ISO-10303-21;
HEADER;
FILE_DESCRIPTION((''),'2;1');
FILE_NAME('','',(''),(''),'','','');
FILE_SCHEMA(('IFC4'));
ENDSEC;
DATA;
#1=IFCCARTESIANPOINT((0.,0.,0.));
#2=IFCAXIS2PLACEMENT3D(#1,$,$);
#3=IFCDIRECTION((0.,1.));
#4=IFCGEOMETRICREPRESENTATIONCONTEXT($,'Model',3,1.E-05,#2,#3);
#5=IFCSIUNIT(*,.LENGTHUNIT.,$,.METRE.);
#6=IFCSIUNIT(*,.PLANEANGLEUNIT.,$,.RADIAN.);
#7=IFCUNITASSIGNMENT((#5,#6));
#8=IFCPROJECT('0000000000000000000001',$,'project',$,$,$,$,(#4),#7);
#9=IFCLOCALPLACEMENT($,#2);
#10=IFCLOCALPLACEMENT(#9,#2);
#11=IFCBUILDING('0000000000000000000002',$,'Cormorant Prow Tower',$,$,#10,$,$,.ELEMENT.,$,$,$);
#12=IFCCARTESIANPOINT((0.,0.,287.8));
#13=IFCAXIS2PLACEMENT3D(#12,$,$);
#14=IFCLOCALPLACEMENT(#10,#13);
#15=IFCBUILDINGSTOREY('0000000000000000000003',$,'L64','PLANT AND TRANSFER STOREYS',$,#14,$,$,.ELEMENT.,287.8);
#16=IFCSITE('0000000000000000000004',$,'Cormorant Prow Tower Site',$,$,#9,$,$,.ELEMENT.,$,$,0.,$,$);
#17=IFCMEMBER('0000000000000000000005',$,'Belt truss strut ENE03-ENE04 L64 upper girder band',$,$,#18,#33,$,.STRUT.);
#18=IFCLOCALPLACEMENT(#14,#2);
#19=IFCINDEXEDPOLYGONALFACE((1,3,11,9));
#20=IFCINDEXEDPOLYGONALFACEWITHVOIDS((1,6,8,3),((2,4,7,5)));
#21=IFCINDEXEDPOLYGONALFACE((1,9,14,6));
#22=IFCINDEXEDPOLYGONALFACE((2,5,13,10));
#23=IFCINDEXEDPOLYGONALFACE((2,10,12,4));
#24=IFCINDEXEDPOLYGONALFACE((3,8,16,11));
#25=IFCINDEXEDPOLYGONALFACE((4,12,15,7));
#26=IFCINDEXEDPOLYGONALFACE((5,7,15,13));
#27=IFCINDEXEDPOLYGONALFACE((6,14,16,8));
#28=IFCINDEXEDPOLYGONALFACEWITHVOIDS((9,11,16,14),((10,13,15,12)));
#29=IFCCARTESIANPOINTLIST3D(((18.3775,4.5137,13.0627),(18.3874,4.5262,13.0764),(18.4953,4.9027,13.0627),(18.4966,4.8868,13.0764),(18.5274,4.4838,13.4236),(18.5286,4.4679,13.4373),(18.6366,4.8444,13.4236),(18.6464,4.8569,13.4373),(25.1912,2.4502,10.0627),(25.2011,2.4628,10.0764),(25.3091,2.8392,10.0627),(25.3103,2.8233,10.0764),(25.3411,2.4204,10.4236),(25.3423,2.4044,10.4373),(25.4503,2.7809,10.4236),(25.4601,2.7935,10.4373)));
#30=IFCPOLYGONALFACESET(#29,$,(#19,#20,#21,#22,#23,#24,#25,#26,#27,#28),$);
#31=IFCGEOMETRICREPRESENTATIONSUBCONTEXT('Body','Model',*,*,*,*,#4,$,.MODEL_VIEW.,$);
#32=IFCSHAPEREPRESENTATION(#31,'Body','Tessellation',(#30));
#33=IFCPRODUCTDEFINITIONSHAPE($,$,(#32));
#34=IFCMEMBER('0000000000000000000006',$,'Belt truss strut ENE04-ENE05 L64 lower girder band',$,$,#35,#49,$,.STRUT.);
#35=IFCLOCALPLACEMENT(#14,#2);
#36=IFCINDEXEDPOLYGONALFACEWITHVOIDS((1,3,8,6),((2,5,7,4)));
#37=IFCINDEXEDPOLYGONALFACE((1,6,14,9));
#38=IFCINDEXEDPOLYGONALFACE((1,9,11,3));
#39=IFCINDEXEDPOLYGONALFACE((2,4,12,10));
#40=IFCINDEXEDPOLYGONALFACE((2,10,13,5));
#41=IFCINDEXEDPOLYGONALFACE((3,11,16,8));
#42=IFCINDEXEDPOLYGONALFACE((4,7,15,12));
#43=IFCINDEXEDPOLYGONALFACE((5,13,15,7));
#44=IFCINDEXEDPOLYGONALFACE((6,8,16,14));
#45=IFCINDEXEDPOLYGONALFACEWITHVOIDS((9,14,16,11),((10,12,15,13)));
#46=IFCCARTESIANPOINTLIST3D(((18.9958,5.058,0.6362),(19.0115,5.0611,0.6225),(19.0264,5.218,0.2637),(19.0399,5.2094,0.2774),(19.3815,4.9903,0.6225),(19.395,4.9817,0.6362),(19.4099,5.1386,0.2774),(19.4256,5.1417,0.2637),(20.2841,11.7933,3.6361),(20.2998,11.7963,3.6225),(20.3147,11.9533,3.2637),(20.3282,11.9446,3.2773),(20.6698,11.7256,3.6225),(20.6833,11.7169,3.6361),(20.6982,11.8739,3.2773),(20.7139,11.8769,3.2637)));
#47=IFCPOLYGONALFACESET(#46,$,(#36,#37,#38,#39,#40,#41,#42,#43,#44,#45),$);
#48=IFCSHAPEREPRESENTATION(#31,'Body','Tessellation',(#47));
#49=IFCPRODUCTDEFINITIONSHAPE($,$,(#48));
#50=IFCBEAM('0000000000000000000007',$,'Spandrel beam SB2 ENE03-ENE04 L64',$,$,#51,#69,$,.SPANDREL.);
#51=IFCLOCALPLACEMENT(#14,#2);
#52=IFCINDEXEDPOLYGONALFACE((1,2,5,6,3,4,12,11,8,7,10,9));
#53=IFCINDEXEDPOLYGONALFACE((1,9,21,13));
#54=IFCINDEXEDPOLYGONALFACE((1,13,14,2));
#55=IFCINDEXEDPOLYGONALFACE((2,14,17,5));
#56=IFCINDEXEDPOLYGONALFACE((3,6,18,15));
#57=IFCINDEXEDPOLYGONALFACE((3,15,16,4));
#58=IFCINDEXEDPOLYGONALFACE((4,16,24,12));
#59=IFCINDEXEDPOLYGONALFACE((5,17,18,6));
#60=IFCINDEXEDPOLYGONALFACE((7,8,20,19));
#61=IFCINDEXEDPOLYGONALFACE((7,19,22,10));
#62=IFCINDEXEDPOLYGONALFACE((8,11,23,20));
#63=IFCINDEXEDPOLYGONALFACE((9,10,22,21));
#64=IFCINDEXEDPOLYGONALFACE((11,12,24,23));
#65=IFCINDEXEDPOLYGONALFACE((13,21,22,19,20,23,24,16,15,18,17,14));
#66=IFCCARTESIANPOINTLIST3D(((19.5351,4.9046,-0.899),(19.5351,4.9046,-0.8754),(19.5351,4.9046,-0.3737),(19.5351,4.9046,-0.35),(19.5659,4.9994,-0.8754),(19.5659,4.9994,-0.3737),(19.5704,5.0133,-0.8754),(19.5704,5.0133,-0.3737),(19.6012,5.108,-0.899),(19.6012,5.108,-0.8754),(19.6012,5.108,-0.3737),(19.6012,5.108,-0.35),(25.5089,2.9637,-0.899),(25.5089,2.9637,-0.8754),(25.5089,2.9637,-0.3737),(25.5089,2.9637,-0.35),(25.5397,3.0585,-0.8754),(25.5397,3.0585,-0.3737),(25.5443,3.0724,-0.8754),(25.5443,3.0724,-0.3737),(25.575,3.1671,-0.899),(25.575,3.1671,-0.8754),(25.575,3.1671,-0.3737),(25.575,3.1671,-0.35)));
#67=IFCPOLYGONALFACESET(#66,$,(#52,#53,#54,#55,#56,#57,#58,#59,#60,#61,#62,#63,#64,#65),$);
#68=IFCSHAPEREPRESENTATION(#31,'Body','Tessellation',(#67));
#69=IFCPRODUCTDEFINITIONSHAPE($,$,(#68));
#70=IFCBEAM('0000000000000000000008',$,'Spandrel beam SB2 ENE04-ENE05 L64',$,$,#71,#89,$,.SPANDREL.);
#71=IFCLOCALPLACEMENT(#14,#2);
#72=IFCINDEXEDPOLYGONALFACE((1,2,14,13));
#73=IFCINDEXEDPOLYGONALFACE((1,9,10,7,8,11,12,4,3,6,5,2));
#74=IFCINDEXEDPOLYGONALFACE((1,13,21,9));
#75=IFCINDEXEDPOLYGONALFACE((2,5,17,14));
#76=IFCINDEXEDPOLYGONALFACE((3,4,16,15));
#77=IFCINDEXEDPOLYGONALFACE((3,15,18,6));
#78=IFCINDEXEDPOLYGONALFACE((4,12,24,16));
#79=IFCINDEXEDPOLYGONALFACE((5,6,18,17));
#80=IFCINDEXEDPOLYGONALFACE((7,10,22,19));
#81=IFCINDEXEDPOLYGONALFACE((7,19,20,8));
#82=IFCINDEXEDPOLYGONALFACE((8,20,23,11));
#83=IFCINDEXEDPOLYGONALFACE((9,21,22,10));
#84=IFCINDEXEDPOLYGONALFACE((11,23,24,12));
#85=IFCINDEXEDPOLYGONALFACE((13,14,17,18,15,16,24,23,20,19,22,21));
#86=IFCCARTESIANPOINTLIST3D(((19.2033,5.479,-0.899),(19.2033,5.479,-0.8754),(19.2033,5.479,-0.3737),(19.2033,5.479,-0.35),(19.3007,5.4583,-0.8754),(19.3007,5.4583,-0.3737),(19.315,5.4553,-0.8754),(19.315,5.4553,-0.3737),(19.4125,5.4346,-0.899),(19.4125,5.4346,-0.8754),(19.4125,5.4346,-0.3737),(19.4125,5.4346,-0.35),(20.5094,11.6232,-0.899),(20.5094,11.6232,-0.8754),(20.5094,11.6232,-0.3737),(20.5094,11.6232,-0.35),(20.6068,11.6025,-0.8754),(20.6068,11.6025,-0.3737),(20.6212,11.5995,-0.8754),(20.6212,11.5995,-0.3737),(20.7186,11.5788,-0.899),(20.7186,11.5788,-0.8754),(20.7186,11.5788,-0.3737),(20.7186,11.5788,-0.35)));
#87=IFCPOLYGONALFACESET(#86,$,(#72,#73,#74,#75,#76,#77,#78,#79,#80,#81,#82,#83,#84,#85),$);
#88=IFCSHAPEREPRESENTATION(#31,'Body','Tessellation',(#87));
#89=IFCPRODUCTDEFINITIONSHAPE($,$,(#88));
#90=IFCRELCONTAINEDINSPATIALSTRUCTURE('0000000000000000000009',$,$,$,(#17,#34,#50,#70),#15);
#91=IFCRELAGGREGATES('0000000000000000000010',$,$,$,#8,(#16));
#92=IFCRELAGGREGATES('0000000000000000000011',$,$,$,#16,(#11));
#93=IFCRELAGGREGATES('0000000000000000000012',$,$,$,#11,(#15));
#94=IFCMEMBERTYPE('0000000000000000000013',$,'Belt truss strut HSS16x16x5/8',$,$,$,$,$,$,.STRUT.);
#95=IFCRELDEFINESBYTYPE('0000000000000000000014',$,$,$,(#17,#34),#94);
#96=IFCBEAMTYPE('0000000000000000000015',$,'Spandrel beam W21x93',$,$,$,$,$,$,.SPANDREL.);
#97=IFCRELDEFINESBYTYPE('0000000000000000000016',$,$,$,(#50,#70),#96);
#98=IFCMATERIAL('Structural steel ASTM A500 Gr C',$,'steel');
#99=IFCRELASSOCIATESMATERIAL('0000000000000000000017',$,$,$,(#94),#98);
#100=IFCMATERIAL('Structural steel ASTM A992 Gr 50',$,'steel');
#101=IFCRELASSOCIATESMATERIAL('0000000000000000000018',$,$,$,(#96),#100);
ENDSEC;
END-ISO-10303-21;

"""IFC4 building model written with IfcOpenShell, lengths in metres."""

from ifc_helpers import new_model, si_unit, direction, frame, origin, origin_2d, place, context, subcontext, project, spatial, hollow_rectangle, i_section, extrude, material, material_profile, profile_set, type_object, element, save


model = new_model("IFC4")

# Units and contexts
model_context = context("Model", 3, precision=1e-05, world=origin(), true_north=direction((0.0, 1.0)))
body_context = subcontext(model_context, "Body", "Model", "MODEL_VIEW")
ifc_project = project(units=[si_unit("LENGTHUNIT", "METRE"), si_unit("PLANEANGLEUNIT", "RADIAN")], contexts=[model_context])

# Site, building, storey
site_placement = place(None, origin())
site = spatial("IfcSite", under=ifc_project, at=site_placement, Name="Cormorant Prow Tower Site", CompositionType="ELEMENT", RefElevation=0.0)
building_placement = place(site_placement, origin())
building = spatial("IfcBuilding", under=site, at=building_placement, Name="Cormorant Prow Tower", CompositionType="ELEMENT")
storey_placement = place(building_placement, frame((0.0, 0.0, 287.8)))
storey = spatial("IfcBuildingStorey", under=building, at=storey_placement, Name="L64", Description="PLANT AND TRANSFER STOREYS", CompositionType="ELEMENT", Elevation=287.8)

# Members
ifc_material_1 = material(Name="Structural steel ASTM A500 Gr C", Category="steel")
ifc_material_profile_1 = material_profile(ifc_material_1, hollow_rectangle(XDim=0.4065, YDim=0.4065, WallThickness=0.0149, at=origin_2d()), Name="HSS16x16x5/8")
ifc_profile_set_1 = profile_set([ifc_material_profile_1], Name="Structural steel ASTM A500 Gr C")
member_type_1 = type_object("IfcMemberType", Name="Belt truss strut HSS16x16x5/8", PredefinedType="STRUT", material=ifc_profile_set_1)
member_1_placement = place(storey_placement, frame((25.3257, 2.6218, 10.25), z_axis=(-0.881968, 0.267096, 0.38832), x_axis=(-0.289842, -0.957075, 0.0)))
element("IfcMember", 1, at=member_1_placement, inside=storey, type_object=member_type_1, Name="Belt truss strut ENE03-ENE04 L64 upper girder band", PredefinedType="STRUT", context=body_context, shape_type="SweptSolid", body=[
    extrude(hollow_rectangle(XDim=0.4065, YDim=0.4065, WallThickness=0.0149, at=origin_2d()), origin(), (0.0, 0.0, 1.0), 7.7256),
])
member_2_placement = place(storey_placement, frame((19.2107, 5.0999, 0.45), z_axis=(0.172122, 0.89985, 0.400803), x_axis=(-0.982193, 0.187873, 0.0)))
element("IfcMember", 2, at=member_2_placement, inside=storey, type_object=member_type_1, Name="Belt truss strut ENE04-ENE05 L64 lower girder band", PredefinedType="STRUT", context=body_context, shape_type="SweptSolid", body=[
    extrude(hollow_rectangle(XDim=0.4065, YDim=0.4065, WallThickness=0.0149, at=origin_2d()), origin(), (0.0, 0.0, 1.0), 7.4849),
])

# Beams
ifc_material_2 = material(Name="Structural steel ASTM A992 Gr 50", Category="steel")
ifc_material_profile_2 = material_profile(ifc_material_2, i_section(OverallWidth=0.2139, OverallDepth=0.5491, WebThickness=0.0146, FlangeThickness=0.0237, at=origin_2d()), Name="W21x93")
ifc_profile_set_2 = profile_set([ifc_material_profile_2], Name="Structural steel ASTM A992 Gr 50")
beam_type = type_object("IfcBeamType", Name="Spandrel beam W21x93", PredefinedType="SPANDREL", material=ifc_profile_set_2)
beam_1_placement = place(storey_placement, frame((25.542, 3.0654, -0.6245), z_axis=(-0.951062, 0.309001, 0.0), x_axis=(-0.309001, -0.951062, 0.0)))
element("IfcBeam", 3, at=beam_1_placement, inside=storey, type_object=beam_type, Name="Spandrel beam SB2 ENE03-ENE04 L64", PredefinedType="SPANDREL", context=body_context, shape_type="SweptSolid", body=[
    extrude(i_section(OverallWidth=0.2139, OverallDepth=0.5491, WebThickness=0.0146, FlangeThickness=0.0237, at=origin_2d()), origin(), (0.0, 0.0, 1.0), 6.2812),
])
beam_2_placement = place(storey_placement, frame((19.3079, 5.4568, -0.6245), z_axis=(0.207934, 0.978143, 0.0), x_axis=(-0.978143, 0.207934, 0.0)))
element("IfcBeam", 4, at=beam_2_placement, inside=storey, type_object=beam_type, Name="Spandrel beam SB2 ENE04-ENE05 L64", PredefinedType="SPANDREL", context=body_context, shape_type="SweptSolid", body=[
    extrude(i_section(OverallWidth=0.2139, OverallDepth=0.5491, WebThickness=0.0146, FlangeThickness=0.0237, at=origin_2d()), origin(), (0.0, 0.0, 1.0), 6.2815),
])

save(model, "model.ifc")
